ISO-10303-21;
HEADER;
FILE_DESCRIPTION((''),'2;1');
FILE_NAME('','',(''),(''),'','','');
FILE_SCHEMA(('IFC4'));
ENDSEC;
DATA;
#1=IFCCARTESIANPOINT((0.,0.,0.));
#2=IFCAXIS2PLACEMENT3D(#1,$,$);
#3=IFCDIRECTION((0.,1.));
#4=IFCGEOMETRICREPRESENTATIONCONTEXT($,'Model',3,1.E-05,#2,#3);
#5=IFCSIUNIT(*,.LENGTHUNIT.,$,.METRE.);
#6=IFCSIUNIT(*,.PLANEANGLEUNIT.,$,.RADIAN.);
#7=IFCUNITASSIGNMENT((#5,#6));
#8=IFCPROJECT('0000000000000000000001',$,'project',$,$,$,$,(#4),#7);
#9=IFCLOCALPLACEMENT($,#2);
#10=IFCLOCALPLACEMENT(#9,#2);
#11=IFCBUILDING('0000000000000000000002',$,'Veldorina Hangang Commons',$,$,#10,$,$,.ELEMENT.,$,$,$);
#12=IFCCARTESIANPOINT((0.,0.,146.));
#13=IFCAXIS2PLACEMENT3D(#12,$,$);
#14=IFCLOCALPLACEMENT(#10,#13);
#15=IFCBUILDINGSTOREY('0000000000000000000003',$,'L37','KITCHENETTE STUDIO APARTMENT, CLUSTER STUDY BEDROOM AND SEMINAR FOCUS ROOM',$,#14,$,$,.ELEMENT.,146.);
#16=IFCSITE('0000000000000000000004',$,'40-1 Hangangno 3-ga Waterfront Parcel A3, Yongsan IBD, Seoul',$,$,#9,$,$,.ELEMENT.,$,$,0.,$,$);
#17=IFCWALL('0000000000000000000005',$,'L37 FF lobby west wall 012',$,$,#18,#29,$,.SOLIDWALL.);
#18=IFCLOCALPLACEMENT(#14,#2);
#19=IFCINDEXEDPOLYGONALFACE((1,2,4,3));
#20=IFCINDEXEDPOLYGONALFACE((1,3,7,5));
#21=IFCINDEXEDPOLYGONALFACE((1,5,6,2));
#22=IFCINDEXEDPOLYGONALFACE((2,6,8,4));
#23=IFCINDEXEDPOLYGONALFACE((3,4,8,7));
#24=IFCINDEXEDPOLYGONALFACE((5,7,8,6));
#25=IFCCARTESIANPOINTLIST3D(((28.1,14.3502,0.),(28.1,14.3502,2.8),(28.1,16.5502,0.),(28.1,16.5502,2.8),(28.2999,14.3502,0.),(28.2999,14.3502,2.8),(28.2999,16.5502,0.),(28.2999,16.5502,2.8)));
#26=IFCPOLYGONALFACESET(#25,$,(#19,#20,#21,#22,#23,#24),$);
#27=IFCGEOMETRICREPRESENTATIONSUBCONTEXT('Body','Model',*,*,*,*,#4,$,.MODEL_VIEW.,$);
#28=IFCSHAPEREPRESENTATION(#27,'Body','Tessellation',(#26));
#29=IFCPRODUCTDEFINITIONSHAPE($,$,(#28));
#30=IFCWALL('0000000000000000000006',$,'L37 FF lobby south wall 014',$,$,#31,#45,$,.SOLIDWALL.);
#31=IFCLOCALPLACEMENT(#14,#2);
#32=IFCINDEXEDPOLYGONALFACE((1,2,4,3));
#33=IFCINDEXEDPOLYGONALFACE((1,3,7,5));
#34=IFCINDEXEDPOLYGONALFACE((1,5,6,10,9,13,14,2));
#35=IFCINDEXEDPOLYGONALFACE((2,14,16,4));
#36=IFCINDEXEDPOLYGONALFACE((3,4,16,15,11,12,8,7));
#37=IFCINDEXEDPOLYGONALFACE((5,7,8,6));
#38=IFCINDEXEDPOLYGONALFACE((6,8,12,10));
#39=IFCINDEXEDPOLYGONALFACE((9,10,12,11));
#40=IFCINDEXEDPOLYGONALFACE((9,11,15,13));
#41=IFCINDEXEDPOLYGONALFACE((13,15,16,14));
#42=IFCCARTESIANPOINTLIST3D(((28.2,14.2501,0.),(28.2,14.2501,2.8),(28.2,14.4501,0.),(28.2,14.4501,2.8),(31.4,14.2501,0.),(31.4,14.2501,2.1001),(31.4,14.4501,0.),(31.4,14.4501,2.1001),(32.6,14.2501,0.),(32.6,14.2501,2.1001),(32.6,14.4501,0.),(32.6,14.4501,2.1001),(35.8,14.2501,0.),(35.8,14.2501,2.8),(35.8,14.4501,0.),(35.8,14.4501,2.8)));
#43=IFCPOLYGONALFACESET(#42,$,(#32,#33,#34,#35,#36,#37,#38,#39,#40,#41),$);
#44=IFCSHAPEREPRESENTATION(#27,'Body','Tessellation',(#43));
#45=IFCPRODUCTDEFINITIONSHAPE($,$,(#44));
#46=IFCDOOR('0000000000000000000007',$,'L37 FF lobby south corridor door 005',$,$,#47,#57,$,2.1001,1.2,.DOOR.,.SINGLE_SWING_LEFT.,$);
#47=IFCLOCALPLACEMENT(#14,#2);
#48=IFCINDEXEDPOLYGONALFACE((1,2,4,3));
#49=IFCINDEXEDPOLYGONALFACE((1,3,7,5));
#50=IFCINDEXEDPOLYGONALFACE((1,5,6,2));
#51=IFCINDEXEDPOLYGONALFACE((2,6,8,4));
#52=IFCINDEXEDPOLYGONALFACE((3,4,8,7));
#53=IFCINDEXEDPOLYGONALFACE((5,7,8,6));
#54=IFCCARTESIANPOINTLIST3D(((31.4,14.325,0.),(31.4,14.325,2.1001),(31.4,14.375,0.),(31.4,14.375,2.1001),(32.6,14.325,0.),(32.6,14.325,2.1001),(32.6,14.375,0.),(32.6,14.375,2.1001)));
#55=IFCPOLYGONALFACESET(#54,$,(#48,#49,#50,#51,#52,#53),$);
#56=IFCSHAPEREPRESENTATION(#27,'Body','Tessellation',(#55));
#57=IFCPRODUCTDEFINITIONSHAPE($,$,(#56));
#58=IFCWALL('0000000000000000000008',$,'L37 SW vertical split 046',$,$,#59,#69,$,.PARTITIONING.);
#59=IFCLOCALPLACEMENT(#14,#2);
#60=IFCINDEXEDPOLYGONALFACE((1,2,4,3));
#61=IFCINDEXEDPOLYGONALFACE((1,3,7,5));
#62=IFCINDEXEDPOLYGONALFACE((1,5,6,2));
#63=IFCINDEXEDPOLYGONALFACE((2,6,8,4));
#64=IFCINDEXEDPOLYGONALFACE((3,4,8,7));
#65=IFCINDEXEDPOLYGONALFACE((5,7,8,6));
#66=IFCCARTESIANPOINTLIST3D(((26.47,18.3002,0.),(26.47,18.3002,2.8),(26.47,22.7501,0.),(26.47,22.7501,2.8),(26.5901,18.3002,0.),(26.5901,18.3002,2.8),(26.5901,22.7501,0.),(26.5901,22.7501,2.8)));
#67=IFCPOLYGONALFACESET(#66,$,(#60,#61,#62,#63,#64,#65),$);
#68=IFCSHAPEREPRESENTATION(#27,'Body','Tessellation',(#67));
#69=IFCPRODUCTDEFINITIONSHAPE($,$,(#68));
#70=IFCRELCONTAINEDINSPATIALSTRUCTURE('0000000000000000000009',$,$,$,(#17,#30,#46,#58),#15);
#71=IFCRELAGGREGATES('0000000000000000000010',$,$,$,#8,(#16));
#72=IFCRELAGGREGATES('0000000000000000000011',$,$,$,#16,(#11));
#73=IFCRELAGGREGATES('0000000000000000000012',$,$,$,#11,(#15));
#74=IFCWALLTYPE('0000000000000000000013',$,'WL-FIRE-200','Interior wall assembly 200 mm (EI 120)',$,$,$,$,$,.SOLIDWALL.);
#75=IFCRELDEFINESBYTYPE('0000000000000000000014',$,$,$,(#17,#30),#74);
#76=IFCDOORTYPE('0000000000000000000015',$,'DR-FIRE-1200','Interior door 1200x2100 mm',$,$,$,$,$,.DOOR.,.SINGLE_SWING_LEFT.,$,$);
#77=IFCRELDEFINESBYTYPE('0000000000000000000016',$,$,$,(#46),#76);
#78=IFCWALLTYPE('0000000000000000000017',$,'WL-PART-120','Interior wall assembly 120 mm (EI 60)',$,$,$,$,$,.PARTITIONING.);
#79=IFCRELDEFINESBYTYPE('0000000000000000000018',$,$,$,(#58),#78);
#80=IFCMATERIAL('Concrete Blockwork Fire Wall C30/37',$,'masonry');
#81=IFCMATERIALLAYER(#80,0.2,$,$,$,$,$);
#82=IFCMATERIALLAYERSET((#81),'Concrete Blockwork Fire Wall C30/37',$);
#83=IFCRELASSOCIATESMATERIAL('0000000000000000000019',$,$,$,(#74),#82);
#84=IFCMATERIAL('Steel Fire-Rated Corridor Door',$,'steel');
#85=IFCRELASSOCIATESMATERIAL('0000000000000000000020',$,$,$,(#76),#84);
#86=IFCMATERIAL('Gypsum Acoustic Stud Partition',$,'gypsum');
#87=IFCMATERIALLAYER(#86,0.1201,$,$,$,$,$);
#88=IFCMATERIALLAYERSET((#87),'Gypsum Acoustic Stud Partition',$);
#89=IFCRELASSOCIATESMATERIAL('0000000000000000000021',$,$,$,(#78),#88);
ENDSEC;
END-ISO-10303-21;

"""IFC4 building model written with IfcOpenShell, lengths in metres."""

from ifc_helpers import new_model, si_unit, direction, frame, frame_2d, origin, place, context, subcontext, project, spatial, rectangle, extrude, material, layer, layer_set, type_object, element, fill, save


model = new_model("IFC4")

# Units and contexts
model_context = context("Model", 3, precision=1e-05, world=origin(), true_north=direction((0.0, 1.0)))
body_context = subcontext(model_context, "Body", "Model", "MODEL_VIEW")
ifc_project = project(units=[si_unit("LENGTHUNIT", "METRE"), si_unit("PLANEANGLEUNIT", "RADIAN")], contexts=[model_context])

# Site, building, storey
site_placement = place(None, origin())
site = spatial("IfcSite", under=ifc_project, at=site_placement, Name="40-1 Hangangno 3-ga Waterfront Parcel A3, Yongsan IBD, Seoul", CompositionType="ELEMENT", RefElevation=0.0)
building_placement = place(site_placement, origin())
building = spatial("IfcBuilding", under=site, at=building_placement, Name="Veldorina Hangang Commons", CompositionType="ELEMENT")
storey_placement = place(building_placement, frame((0.0, 0.0, 146.0)))
storey = spatial("IfcBuildingStorey", under=building, at=storey_placement, Name="L37", Description="KITCHENETTE STUDIO APARTMENT, CLUSTER STUDY BEDROOM AND SEMINAR FOCUS ROOM", CompositionType="ELEMENT", Elevation=146.0)

# Wall
ifc_material_1 = material(Name="Concrete Blockwork Fire Wall C30/37", Category="masonry")
ifc_layer_1 = layer(ifc_material_1, 0.2)
ifc_layer_set_1 = layer_set([ifc_layer_1], Name="Concrete Blockwork Fire Wall C30/37")
wall_type_1 = type_object("IfcWallType", Name="WL-FIRE-200", Description="Interior wall assembly 200 mm (EI 120)", PredefinedType="SOLIDWALL", material=ifc_layer_set_1)
wall_1_placement = place(storey_placement, frame((28.2, 14.3501, 0.0), z_axis=(0.0, 0.0, 1.0), x_axis=(0.0, 1.0, 0.0)))
element("IfcWall", 1, at=wall_1_placement, inside=storey, type_object=wall_type_1, Name="L37 FF lobby west wall 012", PredefinedType="SOLIDWALL", context=body_context, shape_type="SweptSolid", body=[
    extrude(rectangle(XDim=2.2, YDim=0.2, at=frame_2d((1.1001, 0.0))), origin(), (0.0, 0.0, 1.0), 2.8),
])

# Wall, opening, door
wall_2_placement = place(storey_placement, frame((28.2, 14.3501, 0.0), z_axis=(0.0, 0.0, 1.0), x_axis=(1.0, 0.0, 0.0)))
wall_2 = element("IfcWall", 2, at=wall_2_placement, inside=storey, type_object=wall_type_1, Name="L37 FF lobby south wall 014", PredefinedType="SOLIDWALL", context=body_context, shape_type="SweptSolid", body=[
    extrude(rectangle(XDim=7.6001, YDim=0.2, at=frame_2d((3.8, 0.0))), origin(), (0.0, 0.0, 1.0), 2.8),
])
opening_1_placement = place(wall_2_placement, frame((3.2, 0.0, 0.0)))
opening_1 = element("IfcOpeningElement", 3, at=opening_1_placement, cuts=wall_2, PredefinedType="OPENING", context=body_context, shape_type="SweptSolid", body=[
    extrude(rectangle(XDim=1.2, YDim=2.1001, at=frame_2d((0.6001, 1.05))), frame((0.0, 0.1099, 0.0), z_axis=(0.0, -1.0, 0.0), x_axis=(1.0, 0.0, 0.0)), (0.0, 0.0, 1.0), 0.22),
])
ifc_material_2 = material(Name="Steel Fire-Rated Corridor Door", Category="steel")
door_type_1 = type_object("IfcDoorType", Name="DR-FIRE-1200", Description="Interior door 1200x2100 mm", OperationType="SINGLE_SWING_LEFT", PredefinedType="DOOR", material=ifc_material_2)
door_1_placement = place(opening_1_placement, origin())
door_1 = element("IfcDoor", 4, at=door_1_placement, inside=storey, type_object=door_type_1, Name="L37 FF lobby south corridor door 005", OperationType="SINGLE_SWING_LEFT", OverallHeight=2.1001, OverallWidth=1.2, PredefinedType="DOOR", context=body_context, shape_type="SweptSolid", body=[
    extrude(rectangle(XDim=1.2, YDim=2.1001, at=frame_2d((0.6001, 1.05))), frame((0.0, 0.0249, 0.0), z_axis=(0.0, -1.0, 0.0), x_axis=(1.0, 0.0, 0.0)), (0.0, 0.0, 1.0), 0.05),
])
fill(opening_1, door_1)

# Wall
ifc_material_3 = material(Name="Gypsum Acoustic Stud Partition", Category="gypsum")
ifc_layer_2 = layer(ifc_material_3, 0.1201)
ifc_layer_set_2 = layer_set([ifc_layer_2], Name="Gypsum Acoustic Stud Partition")
wall_type_2 = type_object("IfcWallType", Name="WL-PART-120", Description="Interior wall assembly 120 mm (EI 60)", PredefinedType="PARTITIONING", material=ifc_layer_set_2)
wall_3_placement = place(storey_placement, frame((26.53, 18.3, 0.0), z_axis=(0.0, 0.0, 1.0), x_axis=(0.0, 1.0, 0.0)))
element("IfcWall", 5, at=wall_3_placement, inside=storey, type_object=wall_type_2, Name="L37 SW vertical split 046", PredefinedType="PARTITIONING", context=body_context, shape_type="SweptSolid", body=[
    extrude(rectangle(XDim=4.45, YDim=0.1201, at=frame_2d((2.2251, 0.0))), origin(), (0.0, 0.0, 1.0), 2.8),
])

save(model, "model.ifc")
